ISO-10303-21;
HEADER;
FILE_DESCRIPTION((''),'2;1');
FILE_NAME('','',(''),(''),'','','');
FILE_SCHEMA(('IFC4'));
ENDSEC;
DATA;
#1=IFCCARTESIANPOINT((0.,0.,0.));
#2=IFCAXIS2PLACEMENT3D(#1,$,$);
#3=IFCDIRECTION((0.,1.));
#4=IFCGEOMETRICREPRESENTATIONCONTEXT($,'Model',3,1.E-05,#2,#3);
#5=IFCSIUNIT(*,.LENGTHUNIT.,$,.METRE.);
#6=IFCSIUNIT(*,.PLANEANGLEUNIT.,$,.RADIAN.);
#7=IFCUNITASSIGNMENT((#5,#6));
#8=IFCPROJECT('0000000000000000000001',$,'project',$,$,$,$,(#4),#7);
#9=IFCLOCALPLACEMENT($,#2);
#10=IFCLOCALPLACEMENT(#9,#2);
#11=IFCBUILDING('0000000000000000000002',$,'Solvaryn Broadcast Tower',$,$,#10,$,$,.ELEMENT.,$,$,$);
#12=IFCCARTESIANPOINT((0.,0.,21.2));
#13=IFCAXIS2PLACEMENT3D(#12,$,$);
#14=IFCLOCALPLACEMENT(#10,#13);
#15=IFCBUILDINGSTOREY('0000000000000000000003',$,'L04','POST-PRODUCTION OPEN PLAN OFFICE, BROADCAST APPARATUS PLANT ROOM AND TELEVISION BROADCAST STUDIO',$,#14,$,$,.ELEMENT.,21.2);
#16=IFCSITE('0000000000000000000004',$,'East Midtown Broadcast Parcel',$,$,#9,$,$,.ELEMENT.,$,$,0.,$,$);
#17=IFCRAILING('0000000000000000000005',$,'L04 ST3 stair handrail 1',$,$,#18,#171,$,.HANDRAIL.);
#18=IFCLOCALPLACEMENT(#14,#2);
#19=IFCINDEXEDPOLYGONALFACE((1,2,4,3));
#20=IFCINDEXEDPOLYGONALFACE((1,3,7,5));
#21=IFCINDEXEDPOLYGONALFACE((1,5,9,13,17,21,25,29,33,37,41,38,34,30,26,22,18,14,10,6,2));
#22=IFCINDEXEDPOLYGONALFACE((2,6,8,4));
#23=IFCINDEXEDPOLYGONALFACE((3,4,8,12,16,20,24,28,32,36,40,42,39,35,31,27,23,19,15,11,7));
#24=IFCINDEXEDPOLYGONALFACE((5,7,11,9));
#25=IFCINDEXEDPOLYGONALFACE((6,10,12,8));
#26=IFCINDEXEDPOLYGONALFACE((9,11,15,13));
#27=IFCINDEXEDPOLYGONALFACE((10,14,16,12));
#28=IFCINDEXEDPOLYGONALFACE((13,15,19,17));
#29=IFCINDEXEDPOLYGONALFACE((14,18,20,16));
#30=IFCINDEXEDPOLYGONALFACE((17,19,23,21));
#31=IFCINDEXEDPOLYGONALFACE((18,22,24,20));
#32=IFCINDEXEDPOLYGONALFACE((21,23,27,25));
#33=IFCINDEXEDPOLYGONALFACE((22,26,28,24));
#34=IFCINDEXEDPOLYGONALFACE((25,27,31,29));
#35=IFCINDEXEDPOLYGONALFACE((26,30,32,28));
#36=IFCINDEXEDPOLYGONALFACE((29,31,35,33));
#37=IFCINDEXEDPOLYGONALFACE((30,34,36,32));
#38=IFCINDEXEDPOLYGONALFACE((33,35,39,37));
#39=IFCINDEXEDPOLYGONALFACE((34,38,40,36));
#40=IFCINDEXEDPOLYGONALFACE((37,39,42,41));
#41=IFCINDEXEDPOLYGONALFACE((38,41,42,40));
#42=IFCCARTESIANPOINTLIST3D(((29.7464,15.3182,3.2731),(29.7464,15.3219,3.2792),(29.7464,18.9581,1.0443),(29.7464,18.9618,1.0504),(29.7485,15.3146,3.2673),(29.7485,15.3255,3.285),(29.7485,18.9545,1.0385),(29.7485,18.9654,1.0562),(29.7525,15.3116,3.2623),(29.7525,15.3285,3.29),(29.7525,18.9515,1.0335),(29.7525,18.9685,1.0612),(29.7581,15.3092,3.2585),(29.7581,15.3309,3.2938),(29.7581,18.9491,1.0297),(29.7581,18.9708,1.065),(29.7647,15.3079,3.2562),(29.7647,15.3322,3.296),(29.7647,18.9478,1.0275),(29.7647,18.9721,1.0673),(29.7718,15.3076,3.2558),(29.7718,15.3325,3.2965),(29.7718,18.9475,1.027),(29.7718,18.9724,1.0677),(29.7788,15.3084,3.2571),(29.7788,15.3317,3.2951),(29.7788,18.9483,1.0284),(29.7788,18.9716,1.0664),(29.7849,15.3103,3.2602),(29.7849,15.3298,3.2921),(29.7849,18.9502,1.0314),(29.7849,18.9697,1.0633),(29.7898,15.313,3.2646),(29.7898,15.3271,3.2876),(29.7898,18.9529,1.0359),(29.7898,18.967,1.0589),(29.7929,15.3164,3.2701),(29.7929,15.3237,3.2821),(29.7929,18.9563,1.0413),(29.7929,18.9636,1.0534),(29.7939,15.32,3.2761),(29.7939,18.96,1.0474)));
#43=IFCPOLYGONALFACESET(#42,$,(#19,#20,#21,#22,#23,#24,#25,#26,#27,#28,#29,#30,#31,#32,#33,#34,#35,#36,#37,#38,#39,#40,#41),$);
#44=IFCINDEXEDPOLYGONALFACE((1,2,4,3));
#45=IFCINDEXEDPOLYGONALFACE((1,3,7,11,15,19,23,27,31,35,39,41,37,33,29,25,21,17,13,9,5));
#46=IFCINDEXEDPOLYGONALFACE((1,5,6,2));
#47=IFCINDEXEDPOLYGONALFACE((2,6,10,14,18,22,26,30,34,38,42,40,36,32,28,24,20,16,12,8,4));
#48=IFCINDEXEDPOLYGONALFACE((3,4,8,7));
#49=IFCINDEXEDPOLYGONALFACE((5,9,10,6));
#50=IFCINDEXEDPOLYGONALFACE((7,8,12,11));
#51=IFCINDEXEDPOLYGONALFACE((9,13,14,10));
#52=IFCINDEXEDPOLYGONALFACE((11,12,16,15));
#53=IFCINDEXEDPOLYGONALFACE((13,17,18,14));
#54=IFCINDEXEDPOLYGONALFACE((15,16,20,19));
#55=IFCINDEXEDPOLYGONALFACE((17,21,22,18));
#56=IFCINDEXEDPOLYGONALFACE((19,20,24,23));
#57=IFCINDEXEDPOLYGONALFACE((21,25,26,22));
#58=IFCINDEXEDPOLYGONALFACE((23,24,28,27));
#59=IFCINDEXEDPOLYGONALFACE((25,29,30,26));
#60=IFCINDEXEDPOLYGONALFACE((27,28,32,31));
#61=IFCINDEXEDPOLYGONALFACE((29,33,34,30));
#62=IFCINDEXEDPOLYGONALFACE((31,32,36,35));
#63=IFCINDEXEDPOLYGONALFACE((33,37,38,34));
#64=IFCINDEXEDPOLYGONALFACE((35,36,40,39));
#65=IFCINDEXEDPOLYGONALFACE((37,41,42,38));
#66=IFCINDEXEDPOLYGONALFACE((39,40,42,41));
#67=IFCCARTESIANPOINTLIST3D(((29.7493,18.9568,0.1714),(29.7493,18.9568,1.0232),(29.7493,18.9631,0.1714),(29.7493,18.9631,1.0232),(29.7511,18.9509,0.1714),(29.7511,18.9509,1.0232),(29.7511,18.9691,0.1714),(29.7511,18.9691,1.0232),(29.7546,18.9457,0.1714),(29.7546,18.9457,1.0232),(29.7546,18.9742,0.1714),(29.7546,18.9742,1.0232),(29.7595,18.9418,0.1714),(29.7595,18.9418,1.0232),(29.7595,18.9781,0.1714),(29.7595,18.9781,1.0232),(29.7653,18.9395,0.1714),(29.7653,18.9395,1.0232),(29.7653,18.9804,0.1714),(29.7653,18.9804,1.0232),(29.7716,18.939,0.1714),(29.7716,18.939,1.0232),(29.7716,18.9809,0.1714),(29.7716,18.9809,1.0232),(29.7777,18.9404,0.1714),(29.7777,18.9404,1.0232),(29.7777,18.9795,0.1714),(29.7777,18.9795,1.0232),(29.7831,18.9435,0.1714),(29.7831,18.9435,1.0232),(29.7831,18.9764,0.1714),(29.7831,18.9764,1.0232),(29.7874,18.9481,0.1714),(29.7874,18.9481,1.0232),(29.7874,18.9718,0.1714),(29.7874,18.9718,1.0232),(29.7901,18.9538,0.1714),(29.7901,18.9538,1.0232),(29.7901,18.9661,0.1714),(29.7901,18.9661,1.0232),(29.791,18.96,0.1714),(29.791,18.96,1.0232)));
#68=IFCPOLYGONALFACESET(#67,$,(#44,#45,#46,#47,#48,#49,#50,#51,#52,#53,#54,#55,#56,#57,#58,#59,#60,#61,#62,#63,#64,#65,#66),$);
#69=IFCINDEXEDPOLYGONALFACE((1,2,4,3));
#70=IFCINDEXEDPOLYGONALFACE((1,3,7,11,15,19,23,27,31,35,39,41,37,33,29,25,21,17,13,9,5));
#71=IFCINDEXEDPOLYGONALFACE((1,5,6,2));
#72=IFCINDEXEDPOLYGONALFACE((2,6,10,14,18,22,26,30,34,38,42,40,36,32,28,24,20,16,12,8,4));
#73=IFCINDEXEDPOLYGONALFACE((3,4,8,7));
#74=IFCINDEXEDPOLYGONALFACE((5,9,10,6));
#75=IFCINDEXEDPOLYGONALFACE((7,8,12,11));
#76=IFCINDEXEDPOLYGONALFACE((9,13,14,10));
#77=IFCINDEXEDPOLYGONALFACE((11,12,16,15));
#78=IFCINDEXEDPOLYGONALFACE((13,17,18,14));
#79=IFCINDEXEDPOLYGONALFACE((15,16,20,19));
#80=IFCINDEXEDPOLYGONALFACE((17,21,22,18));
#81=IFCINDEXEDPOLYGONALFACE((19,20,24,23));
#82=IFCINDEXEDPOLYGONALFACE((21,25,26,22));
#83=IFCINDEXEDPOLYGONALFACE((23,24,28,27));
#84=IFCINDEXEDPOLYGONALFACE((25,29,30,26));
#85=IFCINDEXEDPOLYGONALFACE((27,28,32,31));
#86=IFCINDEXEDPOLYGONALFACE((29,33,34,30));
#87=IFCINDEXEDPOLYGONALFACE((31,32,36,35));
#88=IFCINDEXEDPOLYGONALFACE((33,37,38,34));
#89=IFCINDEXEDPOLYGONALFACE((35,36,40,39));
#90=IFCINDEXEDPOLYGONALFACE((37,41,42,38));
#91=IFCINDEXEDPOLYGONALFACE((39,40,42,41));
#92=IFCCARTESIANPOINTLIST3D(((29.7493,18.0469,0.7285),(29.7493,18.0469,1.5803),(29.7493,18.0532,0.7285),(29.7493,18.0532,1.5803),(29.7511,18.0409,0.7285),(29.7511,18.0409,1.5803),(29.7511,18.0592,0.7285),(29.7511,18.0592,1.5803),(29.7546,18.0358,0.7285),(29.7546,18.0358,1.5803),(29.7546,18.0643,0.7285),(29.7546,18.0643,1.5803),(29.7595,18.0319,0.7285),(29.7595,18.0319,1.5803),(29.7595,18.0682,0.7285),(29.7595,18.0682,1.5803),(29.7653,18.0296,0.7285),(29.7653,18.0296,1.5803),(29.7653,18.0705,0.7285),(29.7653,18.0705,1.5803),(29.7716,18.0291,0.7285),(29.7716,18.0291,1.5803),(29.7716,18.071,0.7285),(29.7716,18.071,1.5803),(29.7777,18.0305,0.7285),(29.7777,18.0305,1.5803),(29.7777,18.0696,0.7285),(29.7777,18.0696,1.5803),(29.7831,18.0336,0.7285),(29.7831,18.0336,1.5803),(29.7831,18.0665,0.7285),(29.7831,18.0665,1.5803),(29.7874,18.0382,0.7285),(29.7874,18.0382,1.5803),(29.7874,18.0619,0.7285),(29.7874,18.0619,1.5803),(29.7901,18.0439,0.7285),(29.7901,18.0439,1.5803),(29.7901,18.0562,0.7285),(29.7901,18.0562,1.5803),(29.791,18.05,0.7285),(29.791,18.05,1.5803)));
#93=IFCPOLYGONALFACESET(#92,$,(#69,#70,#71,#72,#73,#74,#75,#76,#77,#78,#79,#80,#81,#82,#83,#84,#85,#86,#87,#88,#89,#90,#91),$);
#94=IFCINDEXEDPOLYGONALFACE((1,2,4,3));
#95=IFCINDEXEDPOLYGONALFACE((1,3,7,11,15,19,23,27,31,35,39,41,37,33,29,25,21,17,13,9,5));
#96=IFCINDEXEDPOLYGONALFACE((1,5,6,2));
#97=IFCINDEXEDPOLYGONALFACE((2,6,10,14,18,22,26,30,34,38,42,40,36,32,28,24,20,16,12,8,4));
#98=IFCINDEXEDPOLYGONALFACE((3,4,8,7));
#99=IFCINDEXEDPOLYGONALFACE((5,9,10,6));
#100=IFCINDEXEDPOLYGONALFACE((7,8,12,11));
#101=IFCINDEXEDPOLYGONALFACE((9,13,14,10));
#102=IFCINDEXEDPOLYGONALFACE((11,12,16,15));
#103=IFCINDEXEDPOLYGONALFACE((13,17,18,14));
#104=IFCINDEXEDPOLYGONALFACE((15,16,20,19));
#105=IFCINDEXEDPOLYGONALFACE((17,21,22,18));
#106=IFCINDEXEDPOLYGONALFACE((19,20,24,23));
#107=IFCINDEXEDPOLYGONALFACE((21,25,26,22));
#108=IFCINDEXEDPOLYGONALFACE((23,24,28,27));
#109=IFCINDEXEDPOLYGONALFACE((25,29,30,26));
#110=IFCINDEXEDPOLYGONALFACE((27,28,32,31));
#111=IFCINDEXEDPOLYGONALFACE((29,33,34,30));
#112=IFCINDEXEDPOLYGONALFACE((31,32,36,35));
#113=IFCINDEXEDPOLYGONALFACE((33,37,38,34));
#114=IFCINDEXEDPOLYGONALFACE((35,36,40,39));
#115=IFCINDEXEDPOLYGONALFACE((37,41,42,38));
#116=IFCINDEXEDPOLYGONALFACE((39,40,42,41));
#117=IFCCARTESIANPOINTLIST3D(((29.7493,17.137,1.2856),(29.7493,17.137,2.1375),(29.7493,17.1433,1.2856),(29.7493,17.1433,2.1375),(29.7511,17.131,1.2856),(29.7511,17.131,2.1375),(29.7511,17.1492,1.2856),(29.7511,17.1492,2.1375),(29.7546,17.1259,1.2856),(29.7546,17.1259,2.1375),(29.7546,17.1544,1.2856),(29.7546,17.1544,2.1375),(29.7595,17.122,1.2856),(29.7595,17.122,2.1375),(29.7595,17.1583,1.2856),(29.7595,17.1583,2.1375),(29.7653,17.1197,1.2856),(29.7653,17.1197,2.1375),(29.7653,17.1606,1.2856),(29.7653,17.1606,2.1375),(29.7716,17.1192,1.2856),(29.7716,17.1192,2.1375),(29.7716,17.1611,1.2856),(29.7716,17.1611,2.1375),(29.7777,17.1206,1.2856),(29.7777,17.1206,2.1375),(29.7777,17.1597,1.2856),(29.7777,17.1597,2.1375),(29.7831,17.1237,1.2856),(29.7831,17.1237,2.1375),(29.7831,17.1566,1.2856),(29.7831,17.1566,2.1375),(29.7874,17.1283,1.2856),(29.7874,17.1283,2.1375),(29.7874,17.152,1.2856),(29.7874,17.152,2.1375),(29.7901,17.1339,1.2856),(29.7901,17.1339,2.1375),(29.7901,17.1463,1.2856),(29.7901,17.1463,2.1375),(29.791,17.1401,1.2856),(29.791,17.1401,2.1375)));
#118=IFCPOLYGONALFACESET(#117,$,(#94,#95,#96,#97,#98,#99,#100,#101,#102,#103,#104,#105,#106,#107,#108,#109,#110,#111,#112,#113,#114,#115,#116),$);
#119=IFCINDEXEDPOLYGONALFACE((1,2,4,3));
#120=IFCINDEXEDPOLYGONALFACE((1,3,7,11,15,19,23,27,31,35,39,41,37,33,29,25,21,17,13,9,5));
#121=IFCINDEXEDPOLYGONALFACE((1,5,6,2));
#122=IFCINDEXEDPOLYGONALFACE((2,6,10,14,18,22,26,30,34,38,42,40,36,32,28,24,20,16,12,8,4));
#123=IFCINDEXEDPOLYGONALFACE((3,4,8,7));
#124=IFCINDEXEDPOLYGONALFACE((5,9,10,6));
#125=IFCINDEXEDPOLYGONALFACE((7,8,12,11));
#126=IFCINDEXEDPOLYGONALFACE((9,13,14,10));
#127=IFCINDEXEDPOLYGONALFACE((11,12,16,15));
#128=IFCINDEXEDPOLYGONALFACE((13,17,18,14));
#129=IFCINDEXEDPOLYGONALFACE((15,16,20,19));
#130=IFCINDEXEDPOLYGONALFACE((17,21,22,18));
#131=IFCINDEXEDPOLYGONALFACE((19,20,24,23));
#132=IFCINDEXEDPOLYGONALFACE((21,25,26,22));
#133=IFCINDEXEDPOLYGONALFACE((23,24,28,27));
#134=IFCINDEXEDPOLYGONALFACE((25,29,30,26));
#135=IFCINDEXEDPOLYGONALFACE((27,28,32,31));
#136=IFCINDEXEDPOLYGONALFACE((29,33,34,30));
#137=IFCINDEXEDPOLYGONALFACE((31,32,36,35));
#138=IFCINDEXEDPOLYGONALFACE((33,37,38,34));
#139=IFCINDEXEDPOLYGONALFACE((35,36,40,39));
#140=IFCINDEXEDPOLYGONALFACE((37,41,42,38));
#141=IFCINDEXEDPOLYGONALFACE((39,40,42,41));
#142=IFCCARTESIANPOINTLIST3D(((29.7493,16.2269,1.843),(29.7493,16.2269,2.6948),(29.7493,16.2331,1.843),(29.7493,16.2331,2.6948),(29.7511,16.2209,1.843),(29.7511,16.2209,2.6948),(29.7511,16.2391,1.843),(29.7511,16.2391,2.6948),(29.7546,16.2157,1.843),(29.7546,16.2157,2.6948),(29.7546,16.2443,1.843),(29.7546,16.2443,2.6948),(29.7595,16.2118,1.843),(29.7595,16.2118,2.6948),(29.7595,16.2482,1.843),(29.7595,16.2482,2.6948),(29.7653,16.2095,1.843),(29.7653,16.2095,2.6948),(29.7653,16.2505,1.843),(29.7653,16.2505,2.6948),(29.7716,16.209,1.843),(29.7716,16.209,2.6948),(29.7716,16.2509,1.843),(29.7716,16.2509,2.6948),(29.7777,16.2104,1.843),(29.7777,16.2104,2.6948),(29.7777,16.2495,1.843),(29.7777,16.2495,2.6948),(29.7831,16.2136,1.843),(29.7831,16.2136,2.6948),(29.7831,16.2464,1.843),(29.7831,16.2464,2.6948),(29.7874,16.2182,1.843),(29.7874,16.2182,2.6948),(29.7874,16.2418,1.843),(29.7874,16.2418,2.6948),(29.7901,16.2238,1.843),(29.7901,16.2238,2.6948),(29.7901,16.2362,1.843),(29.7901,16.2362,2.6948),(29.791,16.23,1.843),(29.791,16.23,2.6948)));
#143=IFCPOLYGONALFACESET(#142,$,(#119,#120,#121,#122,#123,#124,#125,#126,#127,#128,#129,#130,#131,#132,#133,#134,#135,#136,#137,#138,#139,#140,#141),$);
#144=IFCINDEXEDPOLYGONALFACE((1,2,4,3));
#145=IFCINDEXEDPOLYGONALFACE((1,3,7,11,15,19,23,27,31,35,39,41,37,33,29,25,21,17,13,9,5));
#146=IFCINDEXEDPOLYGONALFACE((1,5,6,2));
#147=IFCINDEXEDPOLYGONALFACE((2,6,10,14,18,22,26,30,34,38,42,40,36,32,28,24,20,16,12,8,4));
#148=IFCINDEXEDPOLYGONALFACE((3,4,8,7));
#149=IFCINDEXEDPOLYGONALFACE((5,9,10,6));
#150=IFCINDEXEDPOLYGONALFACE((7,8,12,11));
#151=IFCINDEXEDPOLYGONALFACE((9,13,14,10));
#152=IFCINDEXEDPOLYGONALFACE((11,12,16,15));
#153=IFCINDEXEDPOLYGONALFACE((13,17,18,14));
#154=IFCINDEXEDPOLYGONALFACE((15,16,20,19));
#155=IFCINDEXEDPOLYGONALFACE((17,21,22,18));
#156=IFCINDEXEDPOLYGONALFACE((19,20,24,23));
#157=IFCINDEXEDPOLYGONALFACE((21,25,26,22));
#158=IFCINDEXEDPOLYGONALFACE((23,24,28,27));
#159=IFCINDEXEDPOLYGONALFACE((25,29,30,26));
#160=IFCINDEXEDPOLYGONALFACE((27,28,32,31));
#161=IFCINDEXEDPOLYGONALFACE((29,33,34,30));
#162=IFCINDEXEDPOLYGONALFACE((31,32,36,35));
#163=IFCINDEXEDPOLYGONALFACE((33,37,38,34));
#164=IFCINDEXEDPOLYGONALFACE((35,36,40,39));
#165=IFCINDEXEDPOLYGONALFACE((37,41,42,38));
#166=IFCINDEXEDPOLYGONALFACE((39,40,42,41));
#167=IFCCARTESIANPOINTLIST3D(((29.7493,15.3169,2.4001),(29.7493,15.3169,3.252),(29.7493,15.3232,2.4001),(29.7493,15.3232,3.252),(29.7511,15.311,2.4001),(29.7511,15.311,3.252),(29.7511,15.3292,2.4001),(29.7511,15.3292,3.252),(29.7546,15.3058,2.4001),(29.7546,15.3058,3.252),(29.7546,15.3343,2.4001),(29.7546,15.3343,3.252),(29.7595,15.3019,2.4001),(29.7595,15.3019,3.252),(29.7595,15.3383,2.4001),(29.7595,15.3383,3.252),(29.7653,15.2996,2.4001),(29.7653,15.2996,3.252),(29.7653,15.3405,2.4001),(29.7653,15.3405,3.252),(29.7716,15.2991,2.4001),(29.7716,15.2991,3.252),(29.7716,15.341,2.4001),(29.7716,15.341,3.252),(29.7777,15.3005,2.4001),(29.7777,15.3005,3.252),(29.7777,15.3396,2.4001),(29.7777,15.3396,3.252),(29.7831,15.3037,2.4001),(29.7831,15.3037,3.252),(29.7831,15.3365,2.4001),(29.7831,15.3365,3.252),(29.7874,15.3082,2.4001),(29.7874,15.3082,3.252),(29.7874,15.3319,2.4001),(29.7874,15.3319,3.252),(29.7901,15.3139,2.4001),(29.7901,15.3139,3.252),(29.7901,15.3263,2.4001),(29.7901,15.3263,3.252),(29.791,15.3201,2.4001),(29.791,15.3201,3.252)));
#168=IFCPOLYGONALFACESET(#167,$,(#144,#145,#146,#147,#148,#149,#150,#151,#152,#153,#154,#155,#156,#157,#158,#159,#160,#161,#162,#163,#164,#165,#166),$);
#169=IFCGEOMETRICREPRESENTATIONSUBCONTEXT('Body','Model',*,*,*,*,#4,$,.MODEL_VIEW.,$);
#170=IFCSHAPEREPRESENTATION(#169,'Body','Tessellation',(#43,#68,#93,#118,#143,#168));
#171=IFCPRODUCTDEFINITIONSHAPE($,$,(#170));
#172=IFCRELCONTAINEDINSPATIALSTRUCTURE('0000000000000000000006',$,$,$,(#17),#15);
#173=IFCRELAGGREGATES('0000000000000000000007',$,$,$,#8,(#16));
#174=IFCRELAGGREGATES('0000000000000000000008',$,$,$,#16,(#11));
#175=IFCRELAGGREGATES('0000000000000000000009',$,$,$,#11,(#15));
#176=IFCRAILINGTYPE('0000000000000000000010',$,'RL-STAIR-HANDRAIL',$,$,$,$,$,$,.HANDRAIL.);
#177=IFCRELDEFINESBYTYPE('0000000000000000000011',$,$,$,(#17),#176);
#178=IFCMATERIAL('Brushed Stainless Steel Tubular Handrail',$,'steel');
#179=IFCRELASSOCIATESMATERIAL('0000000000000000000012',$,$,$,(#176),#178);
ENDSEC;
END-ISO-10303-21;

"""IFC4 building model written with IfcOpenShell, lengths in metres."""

from ifc_helpers import new_model, si_unit, direction, frame, origin, origin_2d, place, context, subcontext, project, spatial, circle, extrude, material, type_object, element, save


model = new_model("IFC4")

# Units and contexts
model_context = context("Model", 3, precision=1e-05, world=origin(), true_north=direction((0.0, 1.0)))
body_context = subcontext(model_context, "Body", "Model", "MODEL_VIEW")
ifc_project = project(units=[si_unit("LENGTHUNIT", "METRE"), si_unit("PLANEANGLEUNIT", "RADIAN")], contexts=[model_context])

# Site, building, storey
site_placement = place(None, origin())
site = spatial("IfcSite", under=ifc_project, at=site_placement, Name="East Midtown Broadcast Parcel", CompositionType="ELEMENT", RefElevation=0.0)
building_placement = place(site_placement, origin())
building = spatial("IfcBuilding", under=site, at=building_placement, Name="Solvaryn Broadcast Tower", CompositionType="ELEMENT")
storey_placement = place(building_placement, frame((0.0, 0.0, 21.2)))
storey = spatial("IfcBuildingStorey", under=building, at=storey_placement, Name="L04", Description="POST-PRODUCTION OPEN PLAN OFFICE, BROADCAST APPARATUS PLANT ROOM AND TELEVISION BROADCAST STUDIO", CompositionType="ELEMENT", Elevation=21.2)

# Railing
ifc_material_1 = material(Name="Brushed Stainless Steel Tubular Handrail", Category="steel")
railing_type_1 = type_object("IfcRailingType", Name="RL-STAIR-HANDRAIL", PredefinedType="HANDRAIL", material=ifc_material_1)
railing_1_placement = place(storey_placement, frame((29.77, 18.96, 0.1714)))
element("IfcRailing", 1, at=railing_1_placement, inside=storey, type_object=railing_type_1, Name="L04 ST3 stair handrail 1", PredefinedType="HANDRAIL", context=body_context, shape_type="SweptSolid", body=[
    extrude(circle(Radius=0.0239, at=origin_2d()), frame((0.0, 0.0, 0.876), z_axis=(0.0, -0.852825, 0.522197), x_axis=(1.0, 0.0, 0.0)), (0.0, 0.0, 1.0), 4.2681),
    extrude(circle(Radius=0.021, at=origin_2d()), origin(), (0.0, 0.0, 1.0), 0.8518),
    extrude(circle(Radius=0.021, at=origin_2d()), frame((0.0, -0.9099, 0.5571)), (0.0, 0.0, 1.0), 0.8518),
    extrude(circle(Radius=0.021, at=origin_2d()), frame((0.0, -1.8198, 1.1143)), (0.0, 0.0, 1.0), 0.8518),
    extrude(circle(Radius=0.021, at=origin_2d()), frame((0.0, -2.73, 1.6716)), (0.0, 0.0, 1.0), 0.8518),
    extrude(circle(Radius=0.021, at=origin_2d()), frame((0.0, -3.6399, 2.2288)), (0.0, 0.0, 1.0), 0.8518),
])

save(model, "model.ifc")
